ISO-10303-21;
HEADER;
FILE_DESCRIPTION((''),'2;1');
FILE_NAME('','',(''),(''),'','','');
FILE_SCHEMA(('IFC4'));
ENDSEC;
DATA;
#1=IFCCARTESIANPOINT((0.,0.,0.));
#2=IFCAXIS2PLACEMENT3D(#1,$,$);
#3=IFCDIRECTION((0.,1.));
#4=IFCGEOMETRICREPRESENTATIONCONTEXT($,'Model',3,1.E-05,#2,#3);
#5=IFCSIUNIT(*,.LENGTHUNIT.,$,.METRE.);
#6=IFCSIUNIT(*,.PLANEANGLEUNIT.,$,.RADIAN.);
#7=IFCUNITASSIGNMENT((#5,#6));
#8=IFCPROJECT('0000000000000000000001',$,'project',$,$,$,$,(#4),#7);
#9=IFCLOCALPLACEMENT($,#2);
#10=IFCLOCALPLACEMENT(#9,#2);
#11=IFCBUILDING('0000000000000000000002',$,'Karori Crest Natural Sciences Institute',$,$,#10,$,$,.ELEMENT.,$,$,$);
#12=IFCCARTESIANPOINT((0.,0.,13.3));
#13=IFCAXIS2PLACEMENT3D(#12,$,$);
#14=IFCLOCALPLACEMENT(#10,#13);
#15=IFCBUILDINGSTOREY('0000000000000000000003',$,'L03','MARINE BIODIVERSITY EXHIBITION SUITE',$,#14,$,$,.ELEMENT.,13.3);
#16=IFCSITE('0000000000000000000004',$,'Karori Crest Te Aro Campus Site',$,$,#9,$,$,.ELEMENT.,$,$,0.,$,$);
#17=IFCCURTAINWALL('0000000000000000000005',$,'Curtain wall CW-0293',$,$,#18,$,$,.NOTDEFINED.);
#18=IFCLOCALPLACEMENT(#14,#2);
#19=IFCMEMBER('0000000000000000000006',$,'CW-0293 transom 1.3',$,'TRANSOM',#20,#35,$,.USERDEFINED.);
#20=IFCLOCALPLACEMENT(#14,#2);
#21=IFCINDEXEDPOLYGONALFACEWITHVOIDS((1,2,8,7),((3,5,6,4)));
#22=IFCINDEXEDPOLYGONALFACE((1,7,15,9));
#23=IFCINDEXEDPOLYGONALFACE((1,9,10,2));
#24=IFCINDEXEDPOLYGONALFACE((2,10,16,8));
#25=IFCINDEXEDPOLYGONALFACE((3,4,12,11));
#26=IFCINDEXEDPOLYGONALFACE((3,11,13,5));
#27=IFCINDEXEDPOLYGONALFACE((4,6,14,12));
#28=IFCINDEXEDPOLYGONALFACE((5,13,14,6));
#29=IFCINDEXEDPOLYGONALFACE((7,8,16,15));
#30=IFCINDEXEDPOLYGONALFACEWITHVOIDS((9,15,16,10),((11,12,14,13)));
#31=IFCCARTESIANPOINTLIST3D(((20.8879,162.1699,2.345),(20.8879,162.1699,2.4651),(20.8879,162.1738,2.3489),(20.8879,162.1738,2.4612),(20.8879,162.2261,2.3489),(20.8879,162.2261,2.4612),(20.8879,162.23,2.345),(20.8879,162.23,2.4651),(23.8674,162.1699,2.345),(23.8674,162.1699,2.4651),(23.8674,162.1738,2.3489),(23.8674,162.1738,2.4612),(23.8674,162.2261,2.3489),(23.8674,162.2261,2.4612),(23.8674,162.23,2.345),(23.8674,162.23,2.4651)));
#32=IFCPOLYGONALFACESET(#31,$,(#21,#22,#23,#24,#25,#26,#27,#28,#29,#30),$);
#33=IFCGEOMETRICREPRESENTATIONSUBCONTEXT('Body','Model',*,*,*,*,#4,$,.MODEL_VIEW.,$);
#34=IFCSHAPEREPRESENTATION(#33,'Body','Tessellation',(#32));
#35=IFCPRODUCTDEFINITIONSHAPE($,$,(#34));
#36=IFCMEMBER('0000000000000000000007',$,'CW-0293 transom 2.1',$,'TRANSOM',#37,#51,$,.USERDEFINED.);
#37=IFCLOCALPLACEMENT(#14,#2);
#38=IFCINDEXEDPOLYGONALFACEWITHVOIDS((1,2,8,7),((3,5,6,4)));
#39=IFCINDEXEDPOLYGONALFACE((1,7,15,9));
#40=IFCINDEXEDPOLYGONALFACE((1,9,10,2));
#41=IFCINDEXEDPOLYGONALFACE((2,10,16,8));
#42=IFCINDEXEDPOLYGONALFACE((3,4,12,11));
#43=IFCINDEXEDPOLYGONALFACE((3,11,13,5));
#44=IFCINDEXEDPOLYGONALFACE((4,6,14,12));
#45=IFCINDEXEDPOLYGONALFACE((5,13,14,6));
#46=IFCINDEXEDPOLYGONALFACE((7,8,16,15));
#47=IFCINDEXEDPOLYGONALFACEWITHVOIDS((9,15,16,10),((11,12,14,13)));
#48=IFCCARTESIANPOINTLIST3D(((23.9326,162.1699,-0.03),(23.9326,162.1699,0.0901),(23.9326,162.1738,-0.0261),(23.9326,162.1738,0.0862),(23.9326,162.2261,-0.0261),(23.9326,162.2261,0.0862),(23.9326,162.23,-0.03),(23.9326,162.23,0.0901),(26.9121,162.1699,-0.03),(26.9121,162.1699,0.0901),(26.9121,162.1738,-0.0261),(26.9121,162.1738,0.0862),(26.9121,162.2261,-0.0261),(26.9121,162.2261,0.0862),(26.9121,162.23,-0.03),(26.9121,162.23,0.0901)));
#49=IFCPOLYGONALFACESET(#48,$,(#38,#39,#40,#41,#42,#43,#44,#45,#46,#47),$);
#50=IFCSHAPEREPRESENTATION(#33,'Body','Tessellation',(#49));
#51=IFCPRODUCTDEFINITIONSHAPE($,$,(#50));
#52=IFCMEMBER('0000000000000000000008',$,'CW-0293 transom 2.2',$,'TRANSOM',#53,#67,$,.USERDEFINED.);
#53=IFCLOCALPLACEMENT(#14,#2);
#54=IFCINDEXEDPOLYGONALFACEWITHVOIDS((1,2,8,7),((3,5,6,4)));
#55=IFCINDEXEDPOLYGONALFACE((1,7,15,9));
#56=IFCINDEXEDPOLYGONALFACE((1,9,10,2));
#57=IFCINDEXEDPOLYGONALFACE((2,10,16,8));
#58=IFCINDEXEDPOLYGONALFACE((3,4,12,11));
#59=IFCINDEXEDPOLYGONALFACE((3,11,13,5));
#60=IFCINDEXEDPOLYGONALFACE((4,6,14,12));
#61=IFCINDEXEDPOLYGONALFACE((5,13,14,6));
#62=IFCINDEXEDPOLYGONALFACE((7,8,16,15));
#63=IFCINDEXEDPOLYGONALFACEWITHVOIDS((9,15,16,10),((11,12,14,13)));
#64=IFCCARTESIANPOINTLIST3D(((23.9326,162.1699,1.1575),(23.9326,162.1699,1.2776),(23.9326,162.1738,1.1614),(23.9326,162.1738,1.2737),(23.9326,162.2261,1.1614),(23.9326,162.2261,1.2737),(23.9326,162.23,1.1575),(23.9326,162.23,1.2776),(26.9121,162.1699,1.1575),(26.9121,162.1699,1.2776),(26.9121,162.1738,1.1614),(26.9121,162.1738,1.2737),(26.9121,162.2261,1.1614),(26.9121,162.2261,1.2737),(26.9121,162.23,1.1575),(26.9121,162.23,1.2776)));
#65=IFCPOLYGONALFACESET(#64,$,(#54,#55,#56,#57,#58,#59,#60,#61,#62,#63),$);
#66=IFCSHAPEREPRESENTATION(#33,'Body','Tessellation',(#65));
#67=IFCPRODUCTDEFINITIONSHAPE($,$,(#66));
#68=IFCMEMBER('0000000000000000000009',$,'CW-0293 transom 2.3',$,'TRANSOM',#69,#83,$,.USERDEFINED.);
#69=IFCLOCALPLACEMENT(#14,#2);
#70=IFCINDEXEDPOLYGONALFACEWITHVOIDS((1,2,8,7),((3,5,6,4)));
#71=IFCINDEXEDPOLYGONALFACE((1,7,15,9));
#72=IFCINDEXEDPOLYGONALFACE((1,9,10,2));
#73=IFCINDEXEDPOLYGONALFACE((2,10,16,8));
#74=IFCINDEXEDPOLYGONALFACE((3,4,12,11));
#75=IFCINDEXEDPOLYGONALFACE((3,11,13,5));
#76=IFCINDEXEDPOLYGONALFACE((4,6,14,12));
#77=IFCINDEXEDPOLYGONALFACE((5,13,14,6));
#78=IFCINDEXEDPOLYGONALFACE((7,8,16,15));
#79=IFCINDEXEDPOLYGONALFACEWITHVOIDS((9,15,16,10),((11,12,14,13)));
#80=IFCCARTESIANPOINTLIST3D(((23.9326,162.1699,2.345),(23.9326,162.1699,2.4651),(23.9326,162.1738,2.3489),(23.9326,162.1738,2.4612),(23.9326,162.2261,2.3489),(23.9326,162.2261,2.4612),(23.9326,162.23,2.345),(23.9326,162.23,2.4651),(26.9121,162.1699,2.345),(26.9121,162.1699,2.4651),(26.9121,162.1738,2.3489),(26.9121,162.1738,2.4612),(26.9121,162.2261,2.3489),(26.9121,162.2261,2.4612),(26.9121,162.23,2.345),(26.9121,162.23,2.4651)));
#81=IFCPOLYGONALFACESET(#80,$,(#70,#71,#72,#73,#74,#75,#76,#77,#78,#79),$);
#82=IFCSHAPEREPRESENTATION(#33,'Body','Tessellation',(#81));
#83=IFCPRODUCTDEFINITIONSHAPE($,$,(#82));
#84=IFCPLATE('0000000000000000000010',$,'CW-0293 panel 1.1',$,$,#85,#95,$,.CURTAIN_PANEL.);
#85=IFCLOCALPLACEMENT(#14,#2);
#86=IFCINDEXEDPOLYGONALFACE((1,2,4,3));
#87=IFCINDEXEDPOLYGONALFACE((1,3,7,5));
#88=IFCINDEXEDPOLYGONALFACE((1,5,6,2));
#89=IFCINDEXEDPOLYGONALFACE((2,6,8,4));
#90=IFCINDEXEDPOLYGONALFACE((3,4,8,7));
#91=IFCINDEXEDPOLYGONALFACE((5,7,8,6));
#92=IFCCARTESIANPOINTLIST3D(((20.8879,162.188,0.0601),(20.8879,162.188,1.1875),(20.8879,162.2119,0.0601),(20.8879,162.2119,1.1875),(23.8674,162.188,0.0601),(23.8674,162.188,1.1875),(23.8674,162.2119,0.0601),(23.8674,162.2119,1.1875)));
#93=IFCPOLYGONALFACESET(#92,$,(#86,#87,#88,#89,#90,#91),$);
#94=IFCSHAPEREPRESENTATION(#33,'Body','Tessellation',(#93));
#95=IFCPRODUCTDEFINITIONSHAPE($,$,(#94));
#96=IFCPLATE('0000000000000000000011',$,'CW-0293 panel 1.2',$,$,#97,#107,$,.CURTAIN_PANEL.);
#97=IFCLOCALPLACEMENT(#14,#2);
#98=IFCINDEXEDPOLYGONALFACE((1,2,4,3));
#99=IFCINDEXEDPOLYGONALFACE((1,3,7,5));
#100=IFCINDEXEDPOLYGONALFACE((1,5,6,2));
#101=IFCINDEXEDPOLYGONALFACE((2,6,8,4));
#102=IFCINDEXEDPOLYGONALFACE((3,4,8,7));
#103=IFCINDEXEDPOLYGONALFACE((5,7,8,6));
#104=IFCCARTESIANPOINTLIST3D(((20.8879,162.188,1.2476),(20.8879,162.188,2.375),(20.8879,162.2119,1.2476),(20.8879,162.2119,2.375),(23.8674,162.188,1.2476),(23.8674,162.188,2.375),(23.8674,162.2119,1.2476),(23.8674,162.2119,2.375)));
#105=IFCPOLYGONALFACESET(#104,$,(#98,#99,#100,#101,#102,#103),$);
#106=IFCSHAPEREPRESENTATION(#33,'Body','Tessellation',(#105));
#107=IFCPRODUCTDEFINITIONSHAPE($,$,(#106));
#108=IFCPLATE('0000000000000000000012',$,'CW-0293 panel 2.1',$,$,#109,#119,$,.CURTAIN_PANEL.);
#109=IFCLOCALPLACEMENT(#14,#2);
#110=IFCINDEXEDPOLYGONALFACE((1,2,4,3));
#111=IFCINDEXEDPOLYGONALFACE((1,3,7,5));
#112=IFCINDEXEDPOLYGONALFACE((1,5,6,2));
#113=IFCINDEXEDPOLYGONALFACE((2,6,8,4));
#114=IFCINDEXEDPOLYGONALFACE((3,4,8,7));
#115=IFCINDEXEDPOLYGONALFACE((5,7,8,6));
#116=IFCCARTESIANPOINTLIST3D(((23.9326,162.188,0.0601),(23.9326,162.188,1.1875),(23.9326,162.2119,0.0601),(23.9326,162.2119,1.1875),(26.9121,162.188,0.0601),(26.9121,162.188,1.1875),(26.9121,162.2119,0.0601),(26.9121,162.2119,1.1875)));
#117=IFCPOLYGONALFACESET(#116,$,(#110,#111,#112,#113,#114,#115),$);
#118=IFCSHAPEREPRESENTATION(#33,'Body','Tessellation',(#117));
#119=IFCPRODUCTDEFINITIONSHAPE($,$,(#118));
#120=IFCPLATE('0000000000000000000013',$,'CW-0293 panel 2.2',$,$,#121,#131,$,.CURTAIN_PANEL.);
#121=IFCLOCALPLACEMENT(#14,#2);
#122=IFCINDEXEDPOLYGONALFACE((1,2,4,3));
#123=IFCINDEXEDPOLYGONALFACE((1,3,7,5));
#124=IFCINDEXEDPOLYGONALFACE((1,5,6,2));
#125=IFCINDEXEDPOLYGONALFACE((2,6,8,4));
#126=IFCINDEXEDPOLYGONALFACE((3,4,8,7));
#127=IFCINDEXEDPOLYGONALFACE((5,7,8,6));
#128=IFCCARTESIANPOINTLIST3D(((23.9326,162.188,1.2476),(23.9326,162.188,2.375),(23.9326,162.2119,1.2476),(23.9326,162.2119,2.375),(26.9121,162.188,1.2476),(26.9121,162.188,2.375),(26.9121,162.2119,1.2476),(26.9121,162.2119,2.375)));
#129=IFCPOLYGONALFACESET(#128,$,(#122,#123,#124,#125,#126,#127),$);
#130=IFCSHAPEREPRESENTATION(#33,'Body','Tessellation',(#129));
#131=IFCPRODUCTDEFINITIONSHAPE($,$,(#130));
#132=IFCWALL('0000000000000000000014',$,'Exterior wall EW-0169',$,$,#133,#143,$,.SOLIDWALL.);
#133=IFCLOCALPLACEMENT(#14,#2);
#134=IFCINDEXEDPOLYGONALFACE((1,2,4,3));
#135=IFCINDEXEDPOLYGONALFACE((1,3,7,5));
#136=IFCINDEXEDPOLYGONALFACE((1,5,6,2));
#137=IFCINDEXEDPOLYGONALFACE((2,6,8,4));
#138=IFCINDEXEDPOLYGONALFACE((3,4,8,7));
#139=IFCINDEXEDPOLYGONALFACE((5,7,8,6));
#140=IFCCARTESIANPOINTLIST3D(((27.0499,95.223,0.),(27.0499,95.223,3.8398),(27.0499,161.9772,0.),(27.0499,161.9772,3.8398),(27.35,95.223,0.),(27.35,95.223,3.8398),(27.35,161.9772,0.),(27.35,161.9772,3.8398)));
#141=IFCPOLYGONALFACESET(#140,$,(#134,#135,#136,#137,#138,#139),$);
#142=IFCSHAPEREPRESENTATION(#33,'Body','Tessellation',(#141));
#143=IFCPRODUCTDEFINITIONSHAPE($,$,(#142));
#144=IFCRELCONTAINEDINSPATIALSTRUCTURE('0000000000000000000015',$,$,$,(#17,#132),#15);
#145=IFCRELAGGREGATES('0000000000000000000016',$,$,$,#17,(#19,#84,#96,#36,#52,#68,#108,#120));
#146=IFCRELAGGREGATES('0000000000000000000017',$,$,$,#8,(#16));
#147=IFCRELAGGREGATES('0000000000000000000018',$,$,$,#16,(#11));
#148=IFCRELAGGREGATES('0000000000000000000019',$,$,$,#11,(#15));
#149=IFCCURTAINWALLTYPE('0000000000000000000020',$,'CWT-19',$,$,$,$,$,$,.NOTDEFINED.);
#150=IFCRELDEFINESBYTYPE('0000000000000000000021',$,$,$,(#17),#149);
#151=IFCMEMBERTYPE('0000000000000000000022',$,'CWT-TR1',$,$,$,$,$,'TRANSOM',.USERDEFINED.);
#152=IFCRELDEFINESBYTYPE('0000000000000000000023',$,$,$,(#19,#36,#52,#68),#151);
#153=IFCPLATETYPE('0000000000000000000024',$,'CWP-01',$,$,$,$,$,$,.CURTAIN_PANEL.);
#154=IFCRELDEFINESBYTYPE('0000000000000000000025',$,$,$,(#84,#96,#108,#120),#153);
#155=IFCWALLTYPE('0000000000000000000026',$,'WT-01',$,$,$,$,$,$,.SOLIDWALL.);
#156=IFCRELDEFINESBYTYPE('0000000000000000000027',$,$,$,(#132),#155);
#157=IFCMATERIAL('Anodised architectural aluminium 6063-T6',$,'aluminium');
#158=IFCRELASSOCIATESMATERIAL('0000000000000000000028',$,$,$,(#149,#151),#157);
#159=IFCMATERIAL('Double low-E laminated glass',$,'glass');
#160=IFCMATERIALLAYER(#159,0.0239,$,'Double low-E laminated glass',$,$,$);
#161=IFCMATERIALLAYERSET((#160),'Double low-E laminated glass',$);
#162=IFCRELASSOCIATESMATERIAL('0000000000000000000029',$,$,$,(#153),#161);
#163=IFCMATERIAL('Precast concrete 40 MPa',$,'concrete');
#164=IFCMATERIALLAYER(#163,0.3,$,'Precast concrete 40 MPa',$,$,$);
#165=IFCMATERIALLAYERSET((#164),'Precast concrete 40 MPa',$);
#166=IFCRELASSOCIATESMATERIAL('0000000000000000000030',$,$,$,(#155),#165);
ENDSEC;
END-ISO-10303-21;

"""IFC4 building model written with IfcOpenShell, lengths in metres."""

from ifc_helpers import new_model, si_unit, direction, frame, frame_2d, origin, origin_2d, place, context, subcontext, project, spatial, rectangle, hollow_rectangle, extrude, material, layer, layer_set, material_profile, profile_set, type_object, element, aggregate, save


model = new_model("IFC4")

# Units and contexts
model_context = context("Model", 3, precision=1e-05, world=origin(), true_north=direction((0.0, 1.0)))
body_context = subcontext(model_context, "Body", "Model", "MODEL_VIEW")
ifc_project = project(units=[si_unit("LENGTHUNIT", "METRE"), si_unit("PLANEANGLEUNIT", "RADIAN")], contexts=[model_context])

# Site, building, storey
site_placement = place(None, origin())
site = spatial("IfcSite", under=ifc_project, at=site_placement, Name="Karori Crest Te Aro Campus Site", CompositionType="ELEMENT", RefElevation=0.0)
building_placement = place(site_placement, origin())
building = spatial("IfcBuilding", under=site, at=building_placement, Name="Karori Crest Natural Sciences Institute", CompositionType="ELEMENT")
storey_placement = place(building_placement, frame((0.0, 0.0, 13.3)))
storey = spatial("IfcBuildingStorey", under=building, at=storey_placement, Name="L03", Description="MARINE BIODIVERSITY EXHIBITION SUITE", CompositionType="ELEMENT", Elevation=13.3)

# Shared definitions
ifc_material_1 = material(Name="Anodised architectural aluminium 6063-T6", Category="aluminium")
curtain_wall_type = type_object("IfcCurtainWallType", Name="CWT-19", PredefinedType="NOTDEFINED", material=ifc_material_1)

# Curtain wall, members, plates
curtain_wall_1_placement = place(storey_placement, origin())
curtain_wall_1 = element("IfcCurtainWall", 1, at=curtain_wall_1_placement, inside=storey, type_object=curtain_wall_type, Name="Curtain wall CW-0293", PredefinedType="NOTDEFINED")
ifc_material_profile_1 = material_profile(ifc_material_1, hollow_rectangle(XDim=0.0601, YDim=0.1201, WallThickness=0.0039, at=origin_2d()), Name="CWT120x60x4")
ifc_profile_set_1 = profile_set([ifc_material_profile_1], Name="Anodised architectural aluminium 6063-T6")
member_type_1 = type_object("IfcMemberType", Name="CWT-TR1", ElementType="TRANSOM", PredefinedType="USERDEFINED", material=ifc_profile_set_1)
member_1_placement = place(storey_placement, frame((20.8879, 162.2, 2.405), z_axis=(1.0, 0.0, 0.0), x_axis=(0.0, 1.0, 0.0)))
member_1 = element("IfcMember", 2, at=member_1_placement, type_object=member_type_1, Name="CW-0293 transom 1.3", ObjectType="TRANSOM", PredefinedType="USERDEFINED", context=body_context, shape_type="SweptSolid", body=[
    extrude(hollow_rectangle(XDim=0.0601, YDim=0.1201, WallThickness=0.0039, at=origin_2d()), origin(), (0.0, 0.0, 1.0), 2.9795),
])
member_2_placement = place(storey_placement, frame((23.9326, 162.2, 0.03), z_axis=(1.0, 0.0, 0.0), x_axis=(0.0, 1.0, 0.0)))
member_2 = element("IfcMember", 3, at=member_2_placement, type_object=member_type_1, Name="CW-0293 transom 2.1", ObjectType="TRANSOM", PredefinedType="USERDEFINED", context=body_context, shape_type="SweptSolid", body=[
    extrude(hollow_rectangle(XDim=0.0601, YDim=0.1201, WallThickness=0.0039, at=origin_2d()), origin(), (0.0, 0.0, 1.0), 2.9795),
])
member_3_placement = place(storey_placement, frame((23.9326, 162.2, 1.2175), z_axis=(1.0, 0.0, 0.0), x_axis=(0.0, 1.0, 0.0)))
member_3 = element("IfcMember", 4, at=member_3_placement, type_object=member_type_1, Name="CW-0293 transom 2.2", ObjectType="TRANSOM", PredefinedType="USERDEFINED", context=body_context, shape_type="SweptSolid", body=[
    extrude(hollow_rectangle(XDim=0.0601, YDim=0.1201, WallThickness=0.0039, at=origin_2d()), origin(), (0.0, 0.0, 1.0), 2.9795),
])
member_4_placement = place(storey_placement, frame((23.9326, 162.2, 2.405), z_axis=(1.0, 0.0, 0.0), x_axis=(0.0, 1.0, 0.0)))
member_4 = element("IfcMember", 5, at=member_4_placement, type_object=member_type_1, Name="CW-0293 transom 2.3", ObjectType="TRANSOM", PredefinedType="USERDEFINED", context=body_context, shape_type="SweptSolid", body=[
    extrude(hollow_rectangle(XDim=0.0601, YDim=0.1201, WallThickness=0.0039, at=origin_2d()), origin(), (0.0, 0.0, 1.0), 2.9795),
])
ifc_material_2 = material(Name="Double low-E laminated glass", Category="glass")
ifc_layer_1 = layer(ifc_material_2, 0.0239, Name="Double low-E laminated glass")
ifc_layer_set_1 = layer_set([ifc_layer_1], Name="Double low-E laminated glass")
plate_type = type_object("IfcPlateType", Name="CWP-01", PredefinedType="CURTAIN_PANEL", material=ifc_layer_set_1)
plate_1_placement = place(storey_placement, frame((22.3777, 162.2, 0.0601), z_axis=(0.0, 0.0, 1.0), x_axis=(1.0, 0.0, 0.0)))
plate_1 = element("IfcPlate", 6, at=plate_1_placement, type_object=plate_type, Name="CW-0293 panel 1.1", PredefinedType="CURTAIN_PANEL", context=body_context, shape_type="SweptSolid", body=[
    extrude(rectangle(XDim=2.9795, YDim=0.0239, at=origin_2d()), origin(), (0.0, 0.0, 1.0), 1.1274),
])
plate_2_placement = place(storey_placement, frame((22.3777, 162.2, 1.2476), z_axis=(0.0, 0.0, 1.0), x_axis=(1.0, 0.0, 0.0)))
plate_2 = element("IfcPlate", 7, at=plate_2_placement, type_object=plate_type, Name="CW-0293 panel 1.2", PredefinedType="CURTAIN_PANEL", context=body_context, shape_type="SweptSolid", body=[
    extrude(rectangle(XDim=2.9795, YDim=0.0239, at=origin_2d()), origin(), (0.0, 0.0, 1.0), 1.1274),
])
plate_3_placement = place(storey_placement, frame((25.4224, 162.2, 0.0601), z_axis=(0.0, 0.0, 1.0), x_axis=(1.0, 0.0, 0.0)))
plate_3 = element("IfcPlate", 8, at=plate_3_placement, type_object=plate_type, Name="CW-0293 panel 2.1", PredefinedType="CURTAIN_PANEL", context=body_context, shape_type="SweptSolid", body=[
    extrude(rectangle(XDim=2.9795, YDim=0.0239, at=origin_2d()), origin(), (0.0, 0.0, 1.0), 1.1274),
])
plate_4_placement = place(storey_placement, frame((25.4224, 162.2, 1.2476), z_axis=(0.0, 0.0, 1.0), x_axis=(1.0, 0.0, 0.0)))
plate_4 = element("IfcPlate", 9, at=plate_4_placement, type_object=plate_type, Name="CW-0293 panel 2.2", PredefinedType="CURTAIN_PANEL", context=body_context, shape_type="SweptSolid", body=[
    extrude(rectangle(XDim=2.9795, YDim=0.0239, at=origin_2d()), origin(), (0.0, 0.0, 1.0), 1.1274),
])
aggregate(curtain_wall_1, [member_1, plate_1, plate_2, member_2, member_3, member_4, plate_3, plate_4])

# Wall
ifc_material_3 = material(Name="Precast concrete 40 MPa", Category="concrete")
ifc_layer_2 = layer(ifc_material_3, 0.3, Name="Precast concrete 40 MPa")
ifc_layer_set_2 = layer_set([ifc_layer_2], Name="Precast concrete 40 MPa")
wall_type = type_object("IfcWallType", Name="WT-01", PredefinedType="SOLIDWALL", material=ifc_layer_set_2)
wall_placement = place(storey_placement, frame((27.2, 161.9771, 0.0), z_axis=(0.0, 0.0, 1.0), x_axis=(0.0, -1.0, 0.0)))
element("IfcWall", 10, at=wall_placement, inside=storey, type_object=wall_type, Name="Exterior wall EW-0169", PredefinedType="SOLIDWALL", context=body_context, shape_type="SweptSolid", body=[
    extrude(rectangle(XDim=66.7542, YDim=0.3, at=frame_2d((33.377, 0.0))), origin(), (0.0, 0.0, 1.0), 3.8398),
])

save(model, "model.ifc")
